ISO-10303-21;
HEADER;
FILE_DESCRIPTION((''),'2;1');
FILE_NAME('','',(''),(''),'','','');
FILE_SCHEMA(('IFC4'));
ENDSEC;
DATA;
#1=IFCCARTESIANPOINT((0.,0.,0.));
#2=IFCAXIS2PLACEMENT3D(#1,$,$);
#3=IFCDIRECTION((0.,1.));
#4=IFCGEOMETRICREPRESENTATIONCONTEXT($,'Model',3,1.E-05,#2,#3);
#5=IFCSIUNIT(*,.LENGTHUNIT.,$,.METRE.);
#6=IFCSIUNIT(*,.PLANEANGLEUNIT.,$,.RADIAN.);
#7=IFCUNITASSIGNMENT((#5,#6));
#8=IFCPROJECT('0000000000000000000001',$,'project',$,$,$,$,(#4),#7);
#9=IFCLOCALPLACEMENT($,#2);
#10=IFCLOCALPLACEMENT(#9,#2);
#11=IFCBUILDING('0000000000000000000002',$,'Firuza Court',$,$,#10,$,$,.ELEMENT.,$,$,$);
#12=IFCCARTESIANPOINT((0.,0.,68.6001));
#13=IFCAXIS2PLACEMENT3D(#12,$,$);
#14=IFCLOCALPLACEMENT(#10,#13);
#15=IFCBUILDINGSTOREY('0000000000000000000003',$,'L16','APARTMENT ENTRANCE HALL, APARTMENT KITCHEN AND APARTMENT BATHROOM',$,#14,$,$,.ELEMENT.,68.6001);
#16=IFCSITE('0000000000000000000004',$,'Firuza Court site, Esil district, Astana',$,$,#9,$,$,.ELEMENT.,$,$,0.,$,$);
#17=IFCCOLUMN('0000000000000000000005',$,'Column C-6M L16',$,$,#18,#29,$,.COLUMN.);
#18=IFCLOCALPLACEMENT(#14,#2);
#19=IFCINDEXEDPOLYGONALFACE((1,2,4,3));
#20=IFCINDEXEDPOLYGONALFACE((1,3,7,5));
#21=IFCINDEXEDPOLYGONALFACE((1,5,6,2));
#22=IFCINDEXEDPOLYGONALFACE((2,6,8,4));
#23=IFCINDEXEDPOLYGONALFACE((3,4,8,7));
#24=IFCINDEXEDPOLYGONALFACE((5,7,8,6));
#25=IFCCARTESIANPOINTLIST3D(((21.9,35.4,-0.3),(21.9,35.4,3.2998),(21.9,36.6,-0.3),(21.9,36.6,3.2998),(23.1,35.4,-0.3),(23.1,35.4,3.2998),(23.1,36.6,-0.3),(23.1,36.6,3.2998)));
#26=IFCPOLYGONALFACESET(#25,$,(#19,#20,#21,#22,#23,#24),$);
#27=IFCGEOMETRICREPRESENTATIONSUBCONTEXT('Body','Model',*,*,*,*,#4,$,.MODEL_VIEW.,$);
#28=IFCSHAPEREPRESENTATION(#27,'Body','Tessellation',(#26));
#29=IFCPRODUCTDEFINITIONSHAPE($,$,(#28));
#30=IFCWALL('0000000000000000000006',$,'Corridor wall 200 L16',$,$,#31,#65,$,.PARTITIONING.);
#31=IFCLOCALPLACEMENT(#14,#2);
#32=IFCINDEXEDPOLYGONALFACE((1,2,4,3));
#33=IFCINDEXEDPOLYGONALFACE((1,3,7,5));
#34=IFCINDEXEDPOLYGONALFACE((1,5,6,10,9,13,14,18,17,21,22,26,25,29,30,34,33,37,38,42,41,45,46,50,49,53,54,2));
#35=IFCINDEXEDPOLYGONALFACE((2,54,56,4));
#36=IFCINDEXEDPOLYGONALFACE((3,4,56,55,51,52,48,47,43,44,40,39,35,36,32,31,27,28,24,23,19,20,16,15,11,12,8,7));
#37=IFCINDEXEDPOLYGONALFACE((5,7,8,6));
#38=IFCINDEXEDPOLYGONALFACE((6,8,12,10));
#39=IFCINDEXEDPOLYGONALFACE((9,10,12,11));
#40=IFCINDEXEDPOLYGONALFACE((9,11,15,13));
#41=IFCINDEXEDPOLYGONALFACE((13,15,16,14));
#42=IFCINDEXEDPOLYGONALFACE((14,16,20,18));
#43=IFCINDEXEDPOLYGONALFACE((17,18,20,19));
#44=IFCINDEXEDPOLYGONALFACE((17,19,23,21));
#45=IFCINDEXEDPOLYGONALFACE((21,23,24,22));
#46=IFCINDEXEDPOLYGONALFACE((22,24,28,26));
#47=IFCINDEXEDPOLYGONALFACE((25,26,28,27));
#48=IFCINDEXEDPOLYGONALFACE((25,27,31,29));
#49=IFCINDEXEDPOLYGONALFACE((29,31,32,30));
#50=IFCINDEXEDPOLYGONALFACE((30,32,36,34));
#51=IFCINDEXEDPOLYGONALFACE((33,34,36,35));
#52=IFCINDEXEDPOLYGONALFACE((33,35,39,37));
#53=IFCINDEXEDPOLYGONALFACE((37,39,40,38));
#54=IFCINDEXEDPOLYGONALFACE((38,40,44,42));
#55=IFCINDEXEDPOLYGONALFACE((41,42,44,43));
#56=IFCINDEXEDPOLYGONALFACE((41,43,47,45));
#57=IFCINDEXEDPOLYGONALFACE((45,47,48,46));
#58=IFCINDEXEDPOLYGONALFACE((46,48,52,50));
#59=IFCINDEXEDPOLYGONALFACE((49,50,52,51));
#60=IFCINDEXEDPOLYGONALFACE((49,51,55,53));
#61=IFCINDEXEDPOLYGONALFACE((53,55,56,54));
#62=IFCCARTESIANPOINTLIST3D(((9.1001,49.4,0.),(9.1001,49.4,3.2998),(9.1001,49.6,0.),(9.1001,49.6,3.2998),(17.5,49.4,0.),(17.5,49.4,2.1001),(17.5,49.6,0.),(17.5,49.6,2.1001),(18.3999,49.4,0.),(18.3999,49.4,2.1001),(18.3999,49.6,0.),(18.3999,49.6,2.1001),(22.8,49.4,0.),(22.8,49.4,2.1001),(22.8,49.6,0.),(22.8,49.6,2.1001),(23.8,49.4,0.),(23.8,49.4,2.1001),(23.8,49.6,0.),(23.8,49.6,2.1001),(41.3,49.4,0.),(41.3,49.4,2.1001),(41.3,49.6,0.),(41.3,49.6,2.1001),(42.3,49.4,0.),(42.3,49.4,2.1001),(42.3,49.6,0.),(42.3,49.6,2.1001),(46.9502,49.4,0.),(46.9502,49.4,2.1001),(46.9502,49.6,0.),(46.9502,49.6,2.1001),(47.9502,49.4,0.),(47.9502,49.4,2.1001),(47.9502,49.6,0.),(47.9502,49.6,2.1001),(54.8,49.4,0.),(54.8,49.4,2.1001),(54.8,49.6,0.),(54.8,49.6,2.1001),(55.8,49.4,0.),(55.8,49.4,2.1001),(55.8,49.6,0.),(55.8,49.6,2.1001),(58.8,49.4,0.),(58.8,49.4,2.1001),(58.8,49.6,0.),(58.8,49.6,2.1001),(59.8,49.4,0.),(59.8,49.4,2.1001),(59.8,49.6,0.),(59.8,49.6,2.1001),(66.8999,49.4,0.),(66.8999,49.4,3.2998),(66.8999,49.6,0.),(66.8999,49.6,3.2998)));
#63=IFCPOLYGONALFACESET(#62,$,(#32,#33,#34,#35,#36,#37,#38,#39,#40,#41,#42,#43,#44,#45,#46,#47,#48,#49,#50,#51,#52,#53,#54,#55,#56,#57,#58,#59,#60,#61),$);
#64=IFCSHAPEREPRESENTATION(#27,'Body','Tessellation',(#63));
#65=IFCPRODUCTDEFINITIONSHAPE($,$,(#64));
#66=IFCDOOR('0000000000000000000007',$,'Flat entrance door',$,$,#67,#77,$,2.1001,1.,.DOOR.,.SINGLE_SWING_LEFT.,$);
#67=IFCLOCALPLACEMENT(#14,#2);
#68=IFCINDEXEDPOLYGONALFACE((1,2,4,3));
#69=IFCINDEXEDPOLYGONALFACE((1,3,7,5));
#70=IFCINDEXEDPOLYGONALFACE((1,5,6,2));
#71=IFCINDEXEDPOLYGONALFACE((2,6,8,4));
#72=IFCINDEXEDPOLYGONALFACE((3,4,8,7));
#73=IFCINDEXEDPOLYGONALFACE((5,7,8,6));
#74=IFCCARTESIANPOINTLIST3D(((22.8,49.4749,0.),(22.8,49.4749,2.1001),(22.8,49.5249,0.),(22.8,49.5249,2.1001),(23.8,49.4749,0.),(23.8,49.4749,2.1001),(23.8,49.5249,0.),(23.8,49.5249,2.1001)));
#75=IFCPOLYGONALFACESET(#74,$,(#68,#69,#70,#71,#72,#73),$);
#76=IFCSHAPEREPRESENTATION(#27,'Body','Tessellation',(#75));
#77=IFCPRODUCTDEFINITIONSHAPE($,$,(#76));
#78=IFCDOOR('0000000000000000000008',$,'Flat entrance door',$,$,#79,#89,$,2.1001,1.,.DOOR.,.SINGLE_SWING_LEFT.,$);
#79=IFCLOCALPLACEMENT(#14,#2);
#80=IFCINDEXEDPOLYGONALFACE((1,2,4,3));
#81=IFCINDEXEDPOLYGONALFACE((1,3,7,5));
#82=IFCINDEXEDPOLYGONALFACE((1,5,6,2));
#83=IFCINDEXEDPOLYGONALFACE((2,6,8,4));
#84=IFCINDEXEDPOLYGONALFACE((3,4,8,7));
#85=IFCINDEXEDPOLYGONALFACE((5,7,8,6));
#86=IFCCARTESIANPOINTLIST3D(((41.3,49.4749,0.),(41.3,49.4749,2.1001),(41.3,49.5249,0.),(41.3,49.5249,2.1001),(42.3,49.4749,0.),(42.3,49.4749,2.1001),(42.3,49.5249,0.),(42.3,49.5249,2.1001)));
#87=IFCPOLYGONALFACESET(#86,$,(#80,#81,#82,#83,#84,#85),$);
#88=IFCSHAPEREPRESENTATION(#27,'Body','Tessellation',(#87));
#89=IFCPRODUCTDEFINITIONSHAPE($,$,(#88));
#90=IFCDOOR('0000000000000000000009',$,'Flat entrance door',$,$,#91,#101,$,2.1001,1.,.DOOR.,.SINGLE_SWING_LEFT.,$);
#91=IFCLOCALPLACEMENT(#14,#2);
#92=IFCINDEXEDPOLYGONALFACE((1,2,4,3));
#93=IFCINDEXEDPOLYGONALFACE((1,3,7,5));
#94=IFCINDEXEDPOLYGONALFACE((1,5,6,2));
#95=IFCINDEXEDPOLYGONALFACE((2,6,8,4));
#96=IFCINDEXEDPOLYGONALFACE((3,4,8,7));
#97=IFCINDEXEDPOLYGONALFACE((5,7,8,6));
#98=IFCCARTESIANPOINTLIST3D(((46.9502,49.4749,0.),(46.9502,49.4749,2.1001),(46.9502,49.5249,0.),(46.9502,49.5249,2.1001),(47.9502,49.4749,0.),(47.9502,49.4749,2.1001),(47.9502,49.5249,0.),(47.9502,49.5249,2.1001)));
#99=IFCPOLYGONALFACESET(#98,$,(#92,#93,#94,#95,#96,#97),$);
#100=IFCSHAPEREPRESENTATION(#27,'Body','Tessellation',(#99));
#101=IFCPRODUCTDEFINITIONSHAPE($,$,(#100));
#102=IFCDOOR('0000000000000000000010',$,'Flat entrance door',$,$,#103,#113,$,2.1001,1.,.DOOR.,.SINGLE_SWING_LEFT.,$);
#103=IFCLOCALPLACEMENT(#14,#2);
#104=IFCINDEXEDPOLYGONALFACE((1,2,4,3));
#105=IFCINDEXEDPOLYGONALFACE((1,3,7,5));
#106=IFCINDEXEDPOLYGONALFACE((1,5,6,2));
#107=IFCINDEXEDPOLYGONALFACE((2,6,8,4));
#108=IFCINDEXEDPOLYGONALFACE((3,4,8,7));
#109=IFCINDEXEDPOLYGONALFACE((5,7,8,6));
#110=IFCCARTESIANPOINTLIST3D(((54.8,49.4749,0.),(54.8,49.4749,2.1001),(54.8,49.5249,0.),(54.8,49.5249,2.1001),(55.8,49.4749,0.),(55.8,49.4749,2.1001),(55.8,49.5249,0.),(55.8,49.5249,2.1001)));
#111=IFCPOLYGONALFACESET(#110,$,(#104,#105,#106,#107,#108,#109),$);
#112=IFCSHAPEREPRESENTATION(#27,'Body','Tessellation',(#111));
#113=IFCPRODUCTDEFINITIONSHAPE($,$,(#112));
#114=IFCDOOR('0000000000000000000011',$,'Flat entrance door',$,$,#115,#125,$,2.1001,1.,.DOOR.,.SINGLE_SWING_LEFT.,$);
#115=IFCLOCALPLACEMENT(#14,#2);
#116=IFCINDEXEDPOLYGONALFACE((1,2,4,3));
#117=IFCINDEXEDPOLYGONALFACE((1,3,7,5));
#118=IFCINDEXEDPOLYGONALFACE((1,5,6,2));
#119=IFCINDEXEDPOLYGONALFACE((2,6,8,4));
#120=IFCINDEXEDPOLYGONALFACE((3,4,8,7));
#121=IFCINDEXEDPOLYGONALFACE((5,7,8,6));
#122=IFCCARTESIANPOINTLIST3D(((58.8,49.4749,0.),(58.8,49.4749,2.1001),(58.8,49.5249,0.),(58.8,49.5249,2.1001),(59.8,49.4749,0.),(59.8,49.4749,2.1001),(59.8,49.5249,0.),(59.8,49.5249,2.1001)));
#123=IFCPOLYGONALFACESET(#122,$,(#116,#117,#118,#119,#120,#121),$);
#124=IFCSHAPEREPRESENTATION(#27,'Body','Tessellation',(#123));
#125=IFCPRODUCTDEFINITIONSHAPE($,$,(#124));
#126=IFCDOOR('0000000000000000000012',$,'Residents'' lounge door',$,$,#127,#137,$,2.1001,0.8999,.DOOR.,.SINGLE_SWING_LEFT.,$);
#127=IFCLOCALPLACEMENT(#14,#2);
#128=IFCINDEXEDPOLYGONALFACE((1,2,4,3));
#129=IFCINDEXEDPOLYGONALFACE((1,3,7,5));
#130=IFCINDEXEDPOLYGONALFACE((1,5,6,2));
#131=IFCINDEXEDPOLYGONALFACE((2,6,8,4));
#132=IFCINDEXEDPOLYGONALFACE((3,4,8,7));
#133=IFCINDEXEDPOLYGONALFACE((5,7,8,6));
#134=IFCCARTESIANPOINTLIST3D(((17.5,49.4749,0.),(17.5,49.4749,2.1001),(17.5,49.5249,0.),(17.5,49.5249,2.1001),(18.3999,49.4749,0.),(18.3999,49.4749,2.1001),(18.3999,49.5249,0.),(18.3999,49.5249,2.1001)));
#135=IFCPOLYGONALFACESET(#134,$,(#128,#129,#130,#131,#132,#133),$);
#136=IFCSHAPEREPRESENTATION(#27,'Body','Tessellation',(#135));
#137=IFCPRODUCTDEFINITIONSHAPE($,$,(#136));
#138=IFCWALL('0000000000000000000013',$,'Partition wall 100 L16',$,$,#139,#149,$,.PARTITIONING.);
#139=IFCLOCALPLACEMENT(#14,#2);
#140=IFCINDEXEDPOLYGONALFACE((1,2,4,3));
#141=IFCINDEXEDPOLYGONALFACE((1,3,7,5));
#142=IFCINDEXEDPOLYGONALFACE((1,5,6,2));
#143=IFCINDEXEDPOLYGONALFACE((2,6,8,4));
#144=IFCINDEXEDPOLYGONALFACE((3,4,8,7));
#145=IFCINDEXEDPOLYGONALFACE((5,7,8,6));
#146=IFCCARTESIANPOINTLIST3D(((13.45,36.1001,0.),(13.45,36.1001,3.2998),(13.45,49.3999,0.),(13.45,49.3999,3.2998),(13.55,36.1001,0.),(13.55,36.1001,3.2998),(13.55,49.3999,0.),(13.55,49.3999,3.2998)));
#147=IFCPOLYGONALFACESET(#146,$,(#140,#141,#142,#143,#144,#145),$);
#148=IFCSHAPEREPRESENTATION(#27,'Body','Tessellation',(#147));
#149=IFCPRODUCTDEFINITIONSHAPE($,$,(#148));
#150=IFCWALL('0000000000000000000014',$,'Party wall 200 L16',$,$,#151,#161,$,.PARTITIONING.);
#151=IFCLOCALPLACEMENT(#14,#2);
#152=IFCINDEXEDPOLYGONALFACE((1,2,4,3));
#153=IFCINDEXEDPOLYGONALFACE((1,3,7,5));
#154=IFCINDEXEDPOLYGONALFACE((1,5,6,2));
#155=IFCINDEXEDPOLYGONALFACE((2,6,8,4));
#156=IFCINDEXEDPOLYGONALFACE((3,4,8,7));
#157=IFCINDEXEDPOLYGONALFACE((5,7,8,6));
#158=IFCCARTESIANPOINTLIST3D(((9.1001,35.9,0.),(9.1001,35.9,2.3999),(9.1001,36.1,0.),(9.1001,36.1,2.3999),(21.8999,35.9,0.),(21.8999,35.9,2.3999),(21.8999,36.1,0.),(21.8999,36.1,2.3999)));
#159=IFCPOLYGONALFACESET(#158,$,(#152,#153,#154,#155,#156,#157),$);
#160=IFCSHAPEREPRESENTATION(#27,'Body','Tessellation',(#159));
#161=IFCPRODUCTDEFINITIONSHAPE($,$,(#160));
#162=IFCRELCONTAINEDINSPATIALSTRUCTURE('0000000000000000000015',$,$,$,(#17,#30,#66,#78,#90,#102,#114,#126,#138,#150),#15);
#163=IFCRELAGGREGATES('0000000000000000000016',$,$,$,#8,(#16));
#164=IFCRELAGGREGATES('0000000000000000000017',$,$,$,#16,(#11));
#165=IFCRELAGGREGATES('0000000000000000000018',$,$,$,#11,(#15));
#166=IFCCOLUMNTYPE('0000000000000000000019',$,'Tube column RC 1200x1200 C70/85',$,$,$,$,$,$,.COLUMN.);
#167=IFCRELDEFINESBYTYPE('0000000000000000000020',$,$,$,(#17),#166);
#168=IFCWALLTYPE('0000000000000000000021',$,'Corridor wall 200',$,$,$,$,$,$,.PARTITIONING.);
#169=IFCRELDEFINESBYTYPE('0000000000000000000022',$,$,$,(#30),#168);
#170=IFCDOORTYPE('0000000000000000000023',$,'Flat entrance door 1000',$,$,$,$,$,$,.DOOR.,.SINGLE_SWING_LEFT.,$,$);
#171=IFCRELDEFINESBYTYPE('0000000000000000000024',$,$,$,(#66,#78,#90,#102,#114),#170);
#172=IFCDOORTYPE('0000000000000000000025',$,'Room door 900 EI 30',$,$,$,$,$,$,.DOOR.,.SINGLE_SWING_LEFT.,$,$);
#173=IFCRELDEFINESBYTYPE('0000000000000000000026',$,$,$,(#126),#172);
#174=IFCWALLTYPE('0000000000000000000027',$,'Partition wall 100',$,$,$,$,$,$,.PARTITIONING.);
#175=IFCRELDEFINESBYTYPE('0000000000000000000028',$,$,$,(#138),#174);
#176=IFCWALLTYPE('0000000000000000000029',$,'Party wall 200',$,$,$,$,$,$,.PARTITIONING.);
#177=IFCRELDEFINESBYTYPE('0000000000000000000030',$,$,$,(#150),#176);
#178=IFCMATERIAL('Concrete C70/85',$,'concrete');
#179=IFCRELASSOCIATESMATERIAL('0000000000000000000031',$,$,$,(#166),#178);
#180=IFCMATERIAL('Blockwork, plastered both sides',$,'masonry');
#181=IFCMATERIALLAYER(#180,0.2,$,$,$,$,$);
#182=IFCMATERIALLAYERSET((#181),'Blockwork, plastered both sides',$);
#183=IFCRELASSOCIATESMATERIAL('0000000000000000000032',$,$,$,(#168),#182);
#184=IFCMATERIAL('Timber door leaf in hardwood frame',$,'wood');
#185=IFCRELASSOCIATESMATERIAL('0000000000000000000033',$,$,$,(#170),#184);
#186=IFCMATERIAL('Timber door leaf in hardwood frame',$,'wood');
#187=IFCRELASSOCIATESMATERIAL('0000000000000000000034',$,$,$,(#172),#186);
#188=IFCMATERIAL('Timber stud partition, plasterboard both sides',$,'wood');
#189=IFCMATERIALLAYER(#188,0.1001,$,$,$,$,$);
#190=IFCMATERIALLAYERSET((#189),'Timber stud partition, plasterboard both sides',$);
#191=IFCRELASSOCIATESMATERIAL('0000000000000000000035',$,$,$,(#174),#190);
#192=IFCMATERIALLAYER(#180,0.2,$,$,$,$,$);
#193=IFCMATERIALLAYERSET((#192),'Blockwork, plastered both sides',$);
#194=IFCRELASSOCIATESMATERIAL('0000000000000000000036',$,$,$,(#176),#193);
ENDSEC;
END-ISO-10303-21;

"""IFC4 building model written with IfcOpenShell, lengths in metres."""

from ifc_helpers import new_model, si_unit, direction, frame, frame_2d, origin, origin_2d, place, context, subcontext, project, spatial, rectangle, extrude, material, layer, layer_set, material_profile, profile_set, type_object, element, fill, save


model = new_model("IFC4")

# Units and contexts
model_context = context("Model", 3, precision=1e-05, world=origin(), true_north=direction((0.0, 1.0)))
body_context = subcontext(model_context, "Body", "Model", "MODEL_VIEW")
ifc_project = project(units=[si_unit("LENGTHUNIT", "METRE"), si_unit("PLANEANGLEUNIT", "RADIAN")], contexts=[model_context])

# Site, building, storey
site_placement = place(None, origin())
site = spatial("IfcSite", under=ifc_project, at=site_placement, Name="Firuza Court site, Esil district, Astana", CompositionType="ELEMENT", RefElevation=0.0)
building_placement = place(site_placement, origin())
building = spatial("IfcBuilding", under=site, at=building_placement, Name="Firuza Court", CompositionType="ELEMENT")
storey_placement = place(building_placement, frame((0.0, 0.0, 68.6001)))
storey = spatial("IfcBuildingStorey", under=building, at=storey_placement, Name="L16", Description="APARTMENT ENTRANCE HALL, APARTMENT KITCHEN AND APARTMENT BATHROOM", CompositionType="ELEMENT", Elevation=68.6001)

# Column
ifc_material_1 = material(Name="Concrete C70/85", Category="concrete")
ifc_material_profile = material_profile(ifc_material_1, rectangle(XDim=1.2, YDim=1.2, at=origin_2d()), Name="RC 1200x1200")
ifc_profile_set = profile_set([ifc_material_profile], Name="Concrete C70/85")
column_type = type_object("IfcColumnType", Name="Tube column RC 1200x1200 C70/85", PredefinedType="COLUMN", material=ifc_profile_set)
column_placement = place(storey_placement, frame((22.5, 36.0, -0.3), z_axis=(0.0, 0.0, 1.0), x_axis=(1.0, 0.0, 0.0)))
element("IfcColumn", 1, at=column_placement, inside=storey, type_object=column_type, Name="Column C-6M L16", PredefinedType="COLUMN", context=body_context, shape_type="SweptSolid", body=[
    extrude(rectangle(XDim=1.2, YDim=1.2, at=origin_2d()), origin(), (0.0, 0.0, 1.0), 3.5999),
])

# Wall, openings, doors
ifc_material_2 = material(Name="Blockwork, plastered both sides", Category="masonry")
ifc_layer_1 = layer(ifc_material_2, 0.2)
ifc_layer_set_1 = layer_set([ifc_layer_1], Name="Blockwork, plastered both sides")
wall_type_1 = type_object("IfcWallType", Name="Corridor wall 200", PredefinedType="PARTITIONING", material=ifc_layer_set_1)
wall_1_placement = place(storey_placement, frame((9.1001, 49.5, 0.0), z_axis=(0.0, 0.0, 1.0), x_axis=(1.0, 0.0, 0.0)))
wall_1 = element("IfcWall", 2, at=wall_1_placement, inside=storey, type_object=wall_type_1, Name="Corridor wall 200 L16", PredefinedType="PARTITIONING", context=body_context, shape_type="SweptSolid", body=[
    extrude(rectangle(XDim=57.7998, YDim=0.2, at=frame_2d((28.8999, 0.0))), origin(), (0.0, 0.0, 1.0), 3.2998),
])
opening_1_placement = place(wall_1_placement, frame((13.7, 0.0, 0.0)))
opening_1 = element("IfcOpeningElement", 3, at=opening_1_placement, cuts=wall_1, PredefinedType="OPENING", context=body_context, shape_type="SweptSolid", body=[
    extrude(rectangle(XDim=1.0, YDim=2.1001, at=frame_2d((0.5, 1.05))), frame((0.0, 0.1118, 0.0), z_axis=(0.0, -1.0, 0.0), x_axis=(1.0, 0.0, 0.0)), (0.0, 0.0, 1.0), 0.2239),
])
opening_2_placement = place(wall_1_placement, frame((32.2, 0.0, 0.0)))
opening_2 = element("IfcOpeningElement", 4, at=opening_2_placement, cuts=wall_1, PredefinedType="OPENING", context=body_context, shape_type="SweptSolid", body=[
    extrude(rectangle(XDim=1.0, YDim=2.1001, at=frame_2d((0.5, 1.05))), frame((0.0, 0.1118, 0.0), z_axis=(0.0, -1.0, 0.0), x_axis=(1.0, 0.0, 0.0)), (0.0, 0.0, 1.0), 0.2239),
])
opening_3_placement = place(wall_1_placement, frame((37.8501, 0.0, 0.0)))
opening_3 = element("IfcOpeningElement", 5, at=opening_3_placement, cuts=wall_1, PredefinedType="OPENING", context=body_context, shape_type="SweptSolid", body=[
    extrude(rectangle(XDim=1.0, YDim=2.1001, at=frame_2d((0.5, 1.05))), frame((0.0, 0.1118, 0.0), z_axis=(0.0, -1.0, 0.0), x_axis=(1.0, 0.0, 0.0)), (0.0, 0.0, 1.0), 0.2239),
])
opening_4_placement = place(wall_1_placement, frame((45.7, 0.0, 0.0)))
opening_4 = element("IfcOpeningElement", 6, at=opening_4_placement, cuts=wall_1, PredefinedType="OPENING", context=body_context, shape_type="SweptSolid", body=[
    extrude(rectangle(XDim=1.0, YDim=2.1001, at=frame_2d((0.5, 1.05))), frame((0.0, 0.1118, 0.0), z_axis=(0.0, -1.0, 0.0), x_axis=(1.0, 0.0, 0.0)), (0.0, 0.0, 1.0), 0.2239),
])
opening_5_placement = place(wall_1_placement, frame((49.7, 0.0, 0.0)))
opening_5 = element("IfcOpeningElement", 7, at=opening_5_placement, cuts=wall_1, PredefinedType="OPENING", context=body_context, shape_type="SweptSolid", body=[
    extrude(rectangle(XDim=1.0, YDim=2.1001, at=frame_2d((0.5, 1.05))), frame((0.0, 0.1118, 0.0), z_axis=(0.0, -1.0, 0.0), x_axis=(1.0, 0.0, 0.0)), (0.0, 0.0, 1.0), 0.2239),
])
opening_6_placement = place(wall_1_placement, frame((8.3999, 0.0, 0.0)))
opening_6 = element("IfcOpeningElement", 8, at=opening_6_placement, cuts=wall_1, PredefinedType="OPENING", context=body_context, shape_type="SweptSolid", body=[
    extrude(rectangle(XDim=0.8999, YDim=2.1001, at=frame_2d((0.45, 1.05))), frame((0.0, 0.1118, 0.0), z_axis=(0.0, -1.0, 0.0), x_axis=(1.0, 0.0, 0.0)), (0.0, 0.0, 1.0), 0.2239),
])
ifc_material_3 = material(Name="Timber door leaf in hardwood frame", Category="wood")
door_type_1 = type_object("IfcDoorType", Name="Flat entrance door 1000", OperationType="SINGLE_SWING_LEFT", PredefinedType="DOOR", material=ifc_material_3)
door_1_placement = place(opening_1_placement, origin())
door_1 = element("IfcDoor", 9, at=door_1_placement, inside=storey, type_object=door_type_1, Name="Flat entrance door", OperationType="SINGLE_SWING_LEFT", OverallHeight=2.1001, OverallWidth=1.0, PredefinedType="DOOR", context=body_context, shape_type="SweptSolid", body=[
    extrude(rectangle(XDim=1.0, YDim=2.1001, at=frame_2d((0.5, 1.05))), frame((0.0, 0.0249, 0.0), z_axis=(0.0, -1.0, 0.0), x_axis=(1.0, 0.0, 0.0)), (0.0, 0.0, 1.0), 0.05),
])
fill(opening_1, door_1)
door_2_placement = place(opening_2_placement, origin())
door_2 = element("IfcDoor", 10, at=door_2_placement, inside=storey, type_object=door_type_1, Name="Flat entrance door", OperationType="SINGLE_SWING_LEFT", OverallHeight=2.1001, OverallWidth=1.0, PredefinedType="DOOR", context=body_context, shape_type="SweptSolid", body=[
    extrude(rectangle(XDim=1.0, YDim=2.1001, at=frame_2d((0.5, 1.05))), frame((0.0, 0.0249, 0.0), z_axis=(0.0, -1.0, 0.0), x_axis=(1.0, 0.0, 0.0)), (0.0, 0.0, 1.0), 0.05),
])
fill(opening_2, door_2)
door_3_placement = place(opening_3_placement, origin())
door_3 = element("IfcDoor", 11, at=door_3_placement, inside=storey, type_object=door_type_1, Name="Flat entrance door", OperationType="SINGLE_SWING_LEFT", OverallHeight=2.1001, OverallWidth=1.0, PredefinedType="DOOR", context=body_context, shape_type="SweptSolid", body=[
    extrude(rectangle(XDim=1.0, YDim=2.1001, at=frame_2d((0.5, 1.05))), frame((0.0, 0.0249, 0.0), z_axis=(0.0, -1.0, 0.0), x_axis=(1.0, 0.0, 0.0)), (0.0, 0.0, 1.0), 0.05),
])
fill(opening_3, door_3)
door_4_placement = place(opening_4_placement, origin())
door_4 = element("IfcDoor", 12, at=door_4_placement, inside=storey, type_object=door_type_1, Name="Flat entrance door", OperationType="SINGLE_SWING_LEFT", OverallHeight=2.1001, OverallWidth=1.0, PredefinedType="DOOR", context=body_context, shape_type="SweptSolid", body=[
    extrude(rectangle(XDim=1.0, YDim=2.1001, at=frame_2d((0.5, 1.05))), frame((0.0, 0.0249, 0.0), z_axis=(0.0, -1.0, 0.0), x_axis=(1.0, 0.0, 0.0)), (0.0, 0.0, 1.0), 0.05),
])
fill(opening_4, door_4)
door_5_placement = place(opening_5_placement, origin())
door_5 = element("IfcDoor", 13, at=door_5_placement, inside=storey, type_object=door_type_1, Name="Flat entrance door", OperationType="SINGLE_SWING_LEFT", OverallHeight=2.1001, OverallWidth=1.0, PredefinedType="DOOR", context=body_context, shape_type="SweptSolid", body=[
    extrude(rectangle(XDim=1.0, YDim=2.1001, at=frame_2d((0.5, 1.05))), frame((0.0, 0.0249, 0.0), z_axis=(0.0, -1.0, 0.0), x_axis=(1.0, 0.0, 0.0)), (0.0, 0.0, 1.0), 0.05),
])
fill(opening_5, door_5)
ifc_material_4 = material(Name="Timber door leaf in hardwood frame", Category="wood")
door_type_2 = type_object("IfcDoorType", Name="Room door 900 EI 30", OperationType="SINGLE_SWING_LEFT", PredefinedType="DOOR", material=ifc_material_4)
door_6_placement = place(opening_6_placement, origin())
door_6 = element("IfcDoor", 14, at=door_6_placement, inside=storey, type_object=door_type_2, Name="Residents' lounge door", OperationType="SINGLE_SWING_LEFT", OverallHeight=2.1001, OverallWidth=0.8999, PredefinedType="DOOR", context=body_context, shape_type="SweptSolid", body=[
    extrude(rectangle(XDim=0.8999, YDim=2.1001, at=frame_2d((0.45, 1.05))), frame((0.0, 0.0249, 0.0), z_axis=(0.0, -1.0, 0.0), x_axis=(1.0, 0.0, 0.0)), (0.0, 0.0, 1.0), 0.05),
])
fill(opening_6, door_6)

# Walls
ifc_material_5 = material(Name="Timber stud partition, plasterboard both sides", Category="wood")
ifc_layer_2 = layer(ifc_material_5, 0.1001)
ifc_layer_set_2 = layer_set([ifc_layer_2], Name="Timber stud partition, plasterboard both sides")
wall_type_2 = type_object("IfcWallType", Name="Partition wall 100", PredefinedType="PARTITIONING", material=ifc_layer_set_2)
wall_2_placement = place(storey_placement, frame((13.5, 36.1001, 0.0), z_axis=(0.0, 0.0, 1.0), x_axis=(0.0, 1.0, 0.0)))
element("IfcWall", 15, at=wall_2_placement, inside=storey, type_object=wall_type_2, Name="Partition wall 100 L16", PredefinedType="PARTITIONING", context=body_context, shape_type="SweptSolid", body=[
    extrude(rectangle(XDim=13.2998, YDim=0.1001, at=frame_2d((6.6499, 0.0))), origin(), (0.0, 0.0, 1.0), 3.2998),
])
ifc_layer_3 = layer(ifc_material_2, 0.2)
ifc_layer_set_3 = layer_set([ifc_layer_3], Name="Blockwork, plastered both sides")
wall_type_3 = type_object("IfcWallType", Name="Party wall 200", PredefinedType="PARTITIONING", material=ifc_layer_set_3)
wall_3_placement = place(storey_placement, frame((9.1001, 36.0, 0.0), z_axis=(0.0, 0.0, 1.0), x_axis=(1.0, 0.0, 0.0)))
element("IfcWall", 16, at=wall_3_placement, inside=storey, type_object=wall_type_3, Name="Party wall 200 L16", PredefinedType="PARTITIONING", context=body_context, shape_type="SweptSolid", body=[
    extrude(rectangle(XDim=12.7998, YDim=0.2, at=frame_2d((6.3999, 0.0))), origin(), (0.0, 0.0, 1.0), 2.3999),
])

save(model, "model.ifc")
